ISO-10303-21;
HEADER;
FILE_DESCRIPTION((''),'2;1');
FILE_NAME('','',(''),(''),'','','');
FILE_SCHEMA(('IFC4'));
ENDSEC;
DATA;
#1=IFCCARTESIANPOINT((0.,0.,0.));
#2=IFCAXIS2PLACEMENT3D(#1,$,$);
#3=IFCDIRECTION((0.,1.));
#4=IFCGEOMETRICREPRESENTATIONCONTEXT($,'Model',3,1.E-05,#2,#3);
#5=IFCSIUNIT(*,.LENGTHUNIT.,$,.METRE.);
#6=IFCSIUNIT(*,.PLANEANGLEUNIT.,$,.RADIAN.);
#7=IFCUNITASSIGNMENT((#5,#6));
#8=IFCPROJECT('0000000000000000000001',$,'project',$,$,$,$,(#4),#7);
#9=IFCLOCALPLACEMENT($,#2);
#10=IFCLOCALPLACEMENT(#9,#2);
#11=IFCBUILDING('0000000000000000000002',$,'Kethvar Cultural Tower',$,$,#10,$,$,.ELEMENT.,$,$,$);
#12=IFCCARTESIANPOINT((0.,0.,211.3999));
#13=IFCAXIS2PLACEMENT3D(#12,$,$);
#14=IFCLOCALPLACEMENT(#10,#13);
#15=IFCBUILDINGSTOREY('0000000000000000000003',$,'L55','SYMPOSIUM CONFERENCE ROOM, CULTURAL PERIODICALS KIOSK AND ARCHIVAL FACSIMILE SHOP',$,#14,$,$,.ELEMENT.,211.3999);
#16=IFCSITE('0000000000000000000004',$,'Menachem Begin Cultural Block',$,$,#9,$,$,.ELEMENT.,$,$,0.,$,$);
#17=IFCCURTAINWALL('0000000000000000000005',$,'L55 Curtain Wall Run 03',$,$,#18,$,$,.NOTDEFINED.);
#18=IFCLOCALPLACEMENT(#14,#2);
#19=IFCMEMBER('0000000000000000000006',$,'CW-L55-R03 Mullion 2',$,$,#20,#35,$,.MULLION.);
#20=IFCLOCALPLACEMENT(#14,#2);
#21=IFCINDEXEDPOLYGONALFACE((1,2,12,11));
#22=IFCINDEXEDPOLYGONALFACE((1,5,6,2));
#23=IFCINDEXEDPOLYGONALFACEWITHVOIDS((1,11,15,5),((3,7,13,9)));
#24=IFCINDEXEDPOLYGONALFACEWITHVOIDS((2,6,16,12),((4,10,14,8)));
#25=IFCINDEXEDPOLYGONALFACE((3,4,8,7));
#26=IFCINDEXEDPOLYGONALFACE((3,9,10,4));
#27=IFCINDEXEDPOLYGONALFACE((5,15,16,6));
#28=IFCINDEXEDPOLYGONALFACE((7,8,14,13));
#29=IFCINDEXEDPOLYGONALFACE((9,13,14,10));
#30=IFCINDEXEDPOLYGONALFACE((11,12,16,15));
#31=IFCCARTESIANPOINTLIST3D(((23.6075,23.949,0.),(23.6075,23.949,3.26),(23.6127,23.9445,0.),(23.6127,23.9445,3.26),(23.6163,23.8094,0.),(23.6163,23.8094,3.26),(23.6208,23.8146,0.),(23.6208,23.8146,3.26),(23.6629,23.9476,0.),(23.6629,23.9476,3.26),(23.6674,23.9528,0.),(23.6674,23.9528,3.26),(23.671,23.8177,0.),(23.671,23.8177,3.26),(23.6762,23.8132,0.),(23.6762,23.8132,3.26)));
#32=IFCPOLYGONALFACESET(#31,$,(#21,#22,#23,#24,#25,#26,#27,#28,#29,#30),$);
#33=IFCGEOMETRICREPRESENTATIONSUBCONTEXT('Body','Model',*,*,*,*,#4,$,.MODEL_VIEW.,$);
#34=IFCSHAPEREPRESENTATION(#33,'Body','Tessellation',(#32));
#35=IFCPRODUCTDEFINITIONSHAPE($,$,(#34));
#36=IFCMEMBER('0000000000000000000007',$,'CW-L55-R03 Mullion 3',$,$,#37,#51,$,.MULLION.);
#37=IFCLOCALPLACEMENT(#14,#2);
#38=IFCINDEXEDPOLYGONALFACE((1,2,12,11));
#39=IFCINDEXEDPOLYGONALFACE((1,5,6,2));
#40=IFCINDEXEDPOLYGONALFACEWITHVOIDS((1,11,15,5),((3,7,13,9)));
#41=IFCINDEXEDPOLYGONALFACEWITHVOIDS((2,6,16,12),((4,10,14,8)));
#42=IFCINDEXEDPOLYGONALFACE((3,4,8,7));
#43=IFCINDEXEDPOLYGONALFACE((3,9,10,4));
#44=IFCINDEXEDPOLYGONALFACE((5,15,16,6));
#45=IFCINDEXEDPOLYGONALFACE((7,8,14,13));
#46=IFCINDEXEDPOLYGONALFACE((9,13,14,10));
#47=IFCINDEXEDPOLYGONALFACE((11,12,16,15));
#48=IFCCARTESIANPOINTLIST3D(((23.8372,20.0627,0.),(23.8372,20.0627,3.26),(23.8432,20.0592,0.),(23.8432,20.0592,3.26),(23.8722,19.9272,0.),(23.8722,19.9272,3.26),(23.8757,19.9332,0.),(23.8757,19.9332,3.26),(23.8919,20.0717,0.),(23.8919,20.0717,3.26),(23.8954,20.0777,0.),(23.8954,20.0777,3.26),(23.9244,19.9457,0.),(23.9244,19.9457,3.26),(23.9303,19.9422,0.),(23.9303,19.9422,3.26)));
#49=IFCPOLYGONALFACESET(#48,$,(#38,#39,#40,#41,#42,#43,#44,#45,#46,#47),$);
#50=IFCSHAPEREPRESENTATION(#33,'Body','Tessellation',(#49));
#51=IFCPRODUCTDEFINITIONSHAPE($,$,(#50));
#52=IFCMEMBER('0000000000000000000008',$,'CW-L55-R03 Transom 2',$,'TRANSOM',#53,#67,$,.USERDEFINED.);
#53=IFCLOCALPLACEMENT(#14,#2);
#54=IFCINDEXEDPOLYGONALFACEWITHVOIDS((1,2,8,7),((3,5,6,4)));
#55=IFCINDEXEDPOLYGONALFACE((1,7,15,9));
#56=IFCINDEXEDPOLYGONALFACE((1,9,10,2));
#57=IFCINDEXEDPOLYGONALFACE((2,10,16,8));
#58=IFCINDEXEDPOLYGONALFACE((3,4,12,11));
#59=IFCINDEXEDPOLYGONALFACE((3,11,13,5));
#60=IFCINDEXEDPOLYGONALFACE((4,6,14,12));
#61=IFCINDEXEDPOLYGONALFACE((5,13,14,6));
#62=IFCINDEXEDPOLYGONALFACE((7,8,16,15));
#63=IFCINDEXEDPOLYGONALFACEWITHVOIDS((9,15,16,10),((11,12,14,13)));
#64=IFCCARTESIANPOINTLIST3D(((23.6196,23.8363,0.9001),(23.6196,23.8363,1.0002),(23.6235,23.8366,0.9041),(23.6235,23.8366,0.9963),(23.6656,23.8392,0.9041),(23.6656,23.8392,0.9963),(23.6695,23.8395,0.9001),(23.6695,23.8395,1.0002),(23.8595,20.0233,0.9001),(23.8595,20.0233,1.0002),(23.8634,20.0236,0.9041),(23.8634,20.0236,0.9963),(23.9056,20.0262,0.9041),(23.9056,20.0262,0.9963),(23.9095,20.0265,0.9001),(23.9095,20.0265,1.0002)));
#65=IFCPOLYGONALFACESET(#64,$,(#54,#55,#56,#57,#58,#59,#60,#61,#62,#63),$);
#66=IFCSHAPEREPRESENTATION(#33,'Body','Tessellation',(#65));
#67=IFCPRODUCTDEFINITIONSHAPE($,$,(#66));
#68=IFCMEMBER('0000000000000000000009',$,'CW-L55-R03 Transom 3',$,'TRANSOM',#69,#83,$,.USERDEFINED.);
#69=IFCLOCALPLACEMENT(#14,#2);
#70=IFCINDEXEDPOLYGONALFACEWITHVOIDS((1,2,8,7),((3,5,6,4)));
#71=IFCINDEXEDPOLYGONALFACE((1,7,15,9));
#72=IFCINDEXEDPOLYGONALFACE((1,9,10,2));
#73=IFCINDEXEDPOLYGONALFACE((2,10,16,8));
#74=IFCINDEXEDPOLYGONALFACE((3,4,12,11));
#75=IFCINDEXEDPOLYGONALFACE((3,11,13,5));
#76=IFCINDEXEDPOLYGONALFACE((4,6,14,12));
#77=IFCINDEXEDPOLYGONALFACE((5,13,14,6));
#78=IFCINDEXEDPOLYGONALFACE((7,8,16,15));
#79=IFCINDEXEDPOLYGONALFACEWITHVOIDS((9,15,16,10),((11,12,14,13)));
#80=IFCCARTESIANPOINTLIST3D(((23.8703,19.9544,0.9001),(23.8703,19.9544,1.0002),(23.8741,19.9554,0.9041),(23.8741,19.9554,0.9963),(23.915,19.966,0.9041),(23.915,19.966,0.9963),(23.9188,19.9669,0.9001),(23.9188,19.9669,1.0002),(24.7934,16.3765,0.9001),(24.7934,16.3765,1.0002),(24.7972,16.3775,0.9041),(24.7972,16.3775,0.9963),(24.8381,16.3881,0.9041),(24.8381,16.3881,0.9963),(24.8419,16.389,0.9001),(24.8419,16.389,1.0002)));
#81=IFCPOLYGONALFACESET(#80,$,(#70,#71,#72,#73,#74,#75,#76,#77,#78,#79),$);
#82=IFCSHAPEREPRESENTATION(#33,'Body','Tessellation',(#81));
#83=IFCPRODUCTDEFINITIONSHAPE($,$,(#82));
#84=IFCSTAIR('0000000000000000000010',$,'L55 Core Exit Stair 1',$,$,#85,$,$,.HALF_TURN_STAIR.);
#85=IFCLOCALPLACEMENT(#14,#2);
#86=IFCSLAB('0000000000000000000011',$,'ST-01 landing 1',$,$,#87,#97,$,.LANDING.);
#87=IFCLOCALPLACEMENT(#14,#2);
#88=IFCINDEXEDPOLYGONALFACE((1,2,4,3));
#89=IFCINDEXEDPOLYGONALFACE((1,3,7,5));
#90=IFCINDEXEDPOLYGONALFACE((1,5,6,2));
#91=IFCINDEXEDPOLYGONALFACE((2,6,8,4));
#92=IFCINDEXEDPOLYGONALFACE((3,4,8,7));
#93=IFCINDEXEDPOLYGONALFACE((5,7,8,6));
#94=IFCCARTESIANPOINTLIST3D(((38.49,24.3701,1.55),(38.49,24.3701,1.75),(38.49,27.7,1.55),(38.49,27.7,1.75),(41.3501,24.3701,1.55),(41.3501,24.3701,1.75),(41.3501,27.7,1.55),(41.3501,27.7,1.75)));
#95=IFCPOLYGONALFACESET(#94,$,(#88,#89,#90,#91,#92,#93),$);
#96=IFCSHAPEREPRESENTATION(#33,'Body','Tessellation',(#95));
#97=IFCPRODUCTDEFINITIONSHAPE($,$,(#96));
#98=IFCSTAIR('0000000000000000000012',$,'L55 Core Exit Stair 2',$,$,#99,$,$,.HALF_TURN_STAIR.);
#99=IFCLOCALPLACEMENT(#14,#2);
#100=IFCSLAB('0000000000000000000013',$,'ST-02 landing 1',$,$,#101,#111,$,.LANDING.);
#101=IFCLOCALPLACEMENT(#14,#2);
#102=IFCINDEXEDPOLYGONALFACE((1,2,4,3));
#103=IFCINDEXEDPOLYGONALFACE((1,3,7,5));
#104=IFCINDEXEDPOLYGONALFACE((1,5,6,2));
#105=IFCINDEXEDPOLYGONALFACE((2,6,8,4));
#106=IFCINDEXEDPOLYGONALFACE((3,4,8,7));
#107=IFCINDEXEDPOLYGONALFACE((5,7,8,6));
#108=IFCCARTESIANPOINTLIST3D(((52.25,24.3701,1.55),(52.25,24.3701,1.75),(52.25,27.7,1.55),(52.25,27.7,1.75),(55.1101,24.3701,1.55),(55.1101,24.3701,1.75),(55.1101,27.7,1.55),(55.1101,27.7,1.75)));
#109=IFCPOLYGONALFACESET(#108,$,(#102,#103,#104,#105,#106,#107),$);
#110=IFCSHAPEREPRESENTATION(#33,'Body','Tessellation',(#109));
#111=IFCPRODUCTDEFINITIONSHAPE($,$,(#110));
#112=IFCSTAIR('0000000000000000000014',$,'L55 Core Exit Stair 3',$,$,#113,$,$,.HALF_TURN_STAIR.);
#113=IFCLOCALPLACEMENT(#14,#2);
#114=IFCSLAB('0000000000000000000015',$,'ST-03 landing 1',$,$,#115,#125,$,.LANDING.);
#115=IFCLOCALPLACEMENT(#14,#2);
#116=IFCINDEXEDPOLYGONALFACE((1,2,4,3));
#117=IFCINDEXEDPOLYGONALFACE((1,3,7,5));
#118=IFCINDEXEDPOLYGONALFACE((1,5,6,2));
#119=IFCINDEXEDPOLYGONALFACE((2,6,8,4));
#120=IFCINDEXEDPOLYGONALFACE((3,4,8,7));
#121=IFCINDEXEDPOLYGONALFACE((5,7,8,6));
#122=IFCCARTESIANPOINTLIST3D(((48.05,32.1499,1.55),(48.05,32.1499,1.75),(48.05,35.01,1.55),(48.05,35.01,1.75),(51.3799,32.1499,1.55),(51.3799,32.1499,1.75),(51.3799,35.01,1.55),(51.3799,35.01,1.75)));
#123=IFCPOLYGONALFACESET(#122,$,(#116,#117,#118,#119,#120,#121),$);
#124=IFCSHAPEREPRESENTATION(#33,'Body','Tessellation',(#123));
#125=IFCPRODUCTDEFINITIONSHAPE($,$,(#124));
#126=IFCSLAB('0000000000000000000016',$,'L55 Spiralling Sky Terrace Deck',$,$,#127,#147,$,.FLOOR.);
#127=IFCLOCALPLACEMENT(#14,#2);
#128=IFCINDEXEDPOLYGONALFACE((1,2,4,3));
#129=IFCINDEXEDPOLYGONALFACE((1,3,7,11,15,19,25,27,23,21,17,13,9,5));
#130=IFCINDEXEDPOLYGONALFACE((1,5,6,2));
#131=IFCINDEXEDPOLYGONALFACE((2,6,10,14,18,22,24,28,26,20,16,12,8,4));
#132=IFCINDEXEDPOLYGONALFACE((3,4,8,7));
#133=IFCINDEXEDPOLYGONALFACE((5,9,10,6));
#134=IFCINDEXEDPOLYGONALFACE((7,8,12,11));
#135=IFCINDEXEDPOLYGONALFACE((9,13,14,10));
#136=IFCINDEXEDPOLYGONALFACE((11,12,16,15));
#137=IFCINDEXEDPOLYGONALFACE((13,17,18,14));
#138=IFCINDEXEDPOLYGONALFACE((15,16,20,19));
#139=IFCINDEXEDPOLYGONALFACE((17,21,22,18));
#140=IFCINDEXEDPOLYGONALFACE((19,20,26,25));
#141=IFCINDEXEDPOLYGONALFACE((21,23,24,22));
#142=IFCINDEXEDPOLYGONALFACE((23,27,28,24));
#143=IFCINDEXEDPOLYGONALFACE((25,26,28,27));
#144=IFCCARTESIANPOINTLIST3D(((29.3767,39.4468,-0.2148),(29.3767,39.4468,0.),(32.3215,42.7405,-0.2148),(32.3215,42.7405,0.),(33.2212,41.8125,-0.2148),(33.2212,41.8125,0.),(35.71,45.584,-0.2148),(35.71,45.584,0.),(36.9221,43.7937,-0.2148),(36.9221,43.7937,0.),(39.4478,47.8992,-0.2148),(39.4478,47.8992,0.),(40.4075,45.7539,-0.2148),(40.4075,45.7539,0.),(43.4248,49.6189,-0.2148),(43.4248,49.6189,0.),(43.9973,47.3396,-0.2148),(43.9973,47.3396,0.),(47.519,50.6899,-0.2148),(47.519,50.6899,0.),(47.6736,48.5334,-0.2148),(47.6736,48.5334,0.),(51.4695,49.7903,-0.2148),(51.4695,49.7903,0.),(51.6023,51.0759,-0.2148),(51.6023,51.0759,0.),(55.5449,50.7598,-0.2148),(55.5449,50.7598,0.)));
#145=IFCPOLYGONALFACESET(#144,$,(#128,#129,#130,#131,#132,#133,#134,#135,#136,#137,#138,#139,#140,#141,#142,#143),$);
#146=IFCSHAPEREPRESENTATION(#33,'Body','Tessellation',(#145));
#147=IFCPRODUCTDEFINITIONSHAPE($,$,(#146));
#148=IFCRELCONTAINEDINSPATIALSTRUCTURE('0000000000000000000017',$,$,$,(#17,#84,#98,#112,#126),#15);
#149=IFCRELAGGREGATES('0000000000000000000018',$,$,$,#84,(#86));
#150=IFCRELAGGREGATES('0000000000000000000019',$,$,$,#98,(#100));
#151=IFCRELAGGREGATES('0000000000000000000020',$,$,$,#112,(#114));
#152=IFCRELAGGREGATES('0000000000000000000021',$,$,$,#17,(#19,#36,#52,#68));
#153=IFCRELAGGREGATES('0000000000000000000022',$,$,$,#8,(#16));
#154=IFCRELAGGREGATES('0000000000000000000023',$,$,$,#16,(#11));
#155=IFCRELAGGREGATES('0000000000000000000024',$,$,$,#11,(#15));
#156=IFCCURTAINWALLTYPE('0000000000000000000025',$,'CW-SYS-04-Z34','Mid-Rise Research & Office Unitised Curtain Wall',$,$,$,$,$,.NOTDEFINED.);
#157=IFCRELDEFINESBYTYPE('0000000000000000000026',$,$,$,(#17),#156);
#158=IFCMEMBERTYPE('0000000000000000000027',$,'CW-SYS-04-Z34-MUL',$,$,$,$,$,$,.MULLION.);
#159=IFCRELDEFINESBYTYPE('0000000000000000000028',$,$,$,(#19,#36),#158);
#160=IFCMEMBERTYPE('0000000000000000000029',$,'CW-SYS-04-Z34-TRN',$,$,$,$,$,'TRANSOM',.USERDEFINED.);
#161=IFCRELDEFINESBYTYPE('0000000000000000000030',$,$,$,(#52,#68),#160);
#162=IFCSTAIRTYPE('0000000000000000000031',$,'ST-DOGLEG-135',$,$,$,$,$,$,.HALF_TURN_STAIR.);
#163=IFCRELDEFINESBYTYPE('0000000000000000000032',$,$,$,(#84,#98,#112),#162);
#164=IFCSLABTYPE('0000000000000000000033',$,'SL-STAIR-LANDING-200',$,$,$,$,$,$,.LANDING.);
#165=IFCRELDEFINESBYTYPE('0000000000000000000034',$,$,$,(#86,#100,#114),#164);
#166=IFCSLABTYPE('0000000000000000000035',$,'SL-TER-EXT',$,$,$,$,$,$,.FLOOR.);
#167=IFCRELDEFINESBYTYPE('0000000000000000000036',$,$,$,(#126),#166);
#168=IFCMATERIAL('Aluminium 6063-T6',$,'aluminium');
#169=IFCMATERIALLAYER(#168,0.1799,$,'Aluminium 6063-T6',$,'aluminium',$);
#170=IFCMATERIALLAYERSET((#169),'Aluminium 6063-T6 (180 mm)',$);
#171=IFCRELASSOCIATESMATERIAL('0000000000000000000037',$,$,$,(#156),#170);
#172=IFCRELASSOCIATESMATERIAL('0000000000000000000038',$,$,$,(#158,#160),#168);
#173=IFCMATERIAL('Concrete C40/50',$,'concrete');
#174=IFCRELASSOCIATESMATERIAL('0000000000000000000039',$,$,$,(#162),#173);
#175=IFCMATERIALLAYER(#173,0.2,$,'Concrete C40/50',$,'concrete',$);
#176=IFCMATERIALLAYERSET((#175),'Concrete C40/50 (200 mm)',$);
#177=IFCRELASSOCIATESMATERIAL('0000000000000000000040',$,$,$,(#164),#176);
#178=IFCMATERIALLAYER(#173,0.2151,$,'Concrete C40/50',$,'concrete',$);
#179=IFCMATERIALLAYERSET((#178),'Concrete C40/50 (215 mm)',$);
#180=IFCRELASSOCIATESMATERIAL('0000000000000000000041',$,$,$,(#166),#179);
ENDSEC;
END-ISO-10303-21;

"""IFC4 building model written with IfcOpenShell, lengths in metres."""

from ifc_helpers import new_model, si_unit, direction, frame, origin, origin_2d, place, context, subcontext, project, spatial, polyline, hollow_rectangle, outline, extrude, source, transform, mapped, material, layer, layer_set, material_profile, profile_set, type_object, element, aggregate, save


model = new_model("IFC4")

# Units and contexts
model_context = context("Model", 3, precision=1e-05, world=origin(), true_north=direction((0.0, 1.0)))
body_context = subcontext(model_context, "Body", "Model", "MODEL_VIEW")
ifc_project = project(units=[si_unit("LENGTHUNIT", "METRE"), si_unit("PLANEANGLEUNIT", "RADIAN")], contexts=[model_context])

# Site, building, storey
site_placement = place(None, origin())
site = spatial("IfcSite", under=ifc_project, at=site_placement, Name="Menachem Begin Cultural Block", CompositionType="ELEMENT", RefElevation=0.0)
building_placement = place(site_placement, origin())
building = spatial("IfcBuilding", under=site, at=building_placement, Name="Kethvar Cultural Tower", CompositionType="ELEMENT")
storey_placement = place(building_placement, frame((0.0, 0.0, 211.3999)))
storey = spatial("IfcBuildingStorey", under=building, at=storey_placement, Name="L55", Description="SYMPOSIUM CONFERENCE ROOM, CULTURAL PERIODICALS KIOSK AND ARCHIVAL FACSIMILE SHOP", CompositionType="ELEMENT", Elevation=211.3999)

# Curtain wall, members
ifc_material_1 = material(Name="Aluminium 6063-T6", Category="aluminium")
ifc_layer_1 = layer(ifc_material_1, 0.1799, Name="Aluminium 6063-T6", Category="aluminium")
ifc_layer_set_1 = layer_set([ifc_layer_1], Name="Aluminium 6063-T6 (180 mm)")
curtain_wall_type = type_object("IfcCurtainWallType", Name="CW-SYS-04-Z34", Description="Mid-Rise Research & Office Unitised Curtain Wall", PredefinedType="NOTDEFINED", material=ifc_layer_set_1)
curtain_wall_placement = place(storey_placement, origin())
curtain_wall = element("IfcCurtainWall", 1, at=curtain_wall_placement, inside=storey, type_object=curtain_wall_type, Name="L55 Curtain Wall Run 03", PredefinedType="NOTDEFINED")
ifc_material_profile_1 = material_profile(ifc_material_1, hollow_rectangle(XDim=0.0601, YDim=0.1399, WallThickness=0.0049, at=origin_2d()), Name="Aluminium 6063-T6 — RHS140x60x5")
ifc_profile_set_1 = profile_set([ifc_material_profile_1], Name="Aluminium 6063-T6 — RHS140x60x5")
member_type_1 = type_object("IfcMemberType", Name="CW-SYS-04-Z34-MUL", PredefinedType="MULLION", material=ifc_profile_set_1)
shared_shape_1 = source(origin(), body_context, "Body", "SweptSolid", [
    extrude(hollow_rectangle(XDim=0.0601, YDim=0.1399, WallThickness=0.0049, at=origin_2d()), origin(), (0.0, 0.0, 1.0), 3.26),
])
member_1_placement = place(storey_placement, frame((23.6418, 23.8811, 0.0), z_axis=(0.0, 0.0, 1.0), x_axis=(0.998029, 0.062756, 0.0)))
member_1 = element("IfcMember", 2, at=member_1_placement, type_object=member_type_1, Name="CW-L55-R03 Mullion 2", PredefinedType="MULLION", context=body_context, shape_type="MappedRepresentation", body=[
    mapped(shared_shape_1, transform((0.0, 0.0, 0.0), scale=1.0)),
])
member_2_placement = place(storey_placement, frame((23.8838, 20.0024, 0.0), z_axis=(0.0, 0.0, 1.0), x_axis=(0.968287, 0.249839, 0.0)))
member_2 = element("IfcMember", 3, at=member_2_placement, type_object=member_type_1, Name="CW-L55-R03 Mullion 3", PredefinedType="MULLION", context=body_context, shape_type="MappedRepresentation", body=[
    mapped(shared_shape_1, transform((0.0, 0.0, 0.0), scale=1.0)),
])
ifc_material_profile_2 = material_profile(ifc_material_1, hollow_rectangle(XDim=0.05, YDim=0.1001, WallThickness=0.0039, at=origin_2d()), Name="Aluminium 6063-T6 — RHS100x50x4")
ifc_profile_set_2 = profile_set([ifc_material_profile_2], Name="Aluminium 6063-T6 — RHS100x50x4")
member_type_2 = type_object("IfcMemberType", Name="CW-SYS-04-Z34-TRN", ElementType="TRANSOM", PredefinedType="USERDEFINED", material=ifc_profile_set_2)
shared_shape_2 = source(origin(), body_context, "Body", "SweptSolid", [
    extrude(hollow_rectangle(XDim=0.05, YDim=0.1001, WallThickness=0.0039, at=origin_2d()), origin(), (0.0, 0.0, 1.0), 3.8206),
])
member_3_placement = place(storey_placement, frame((23.6445, 23.8379, 0.9502), z_axis=(0.062816, -0.998025, 0.0), x_axis=(0.998025, 0.062816, 0.0)))
member_3 = element("IfcMember", 4, at=member_3_placement, type_object=member_type_2, Name="CW-L55-R03 Transom 2", ObjectType="TRANSOM", PredefinedType="USERDEFINED", context=body_context, shape_type="MappedRepresentation", body=[
    mapped(shared_shape_2, transform((0.0, 0.0, 0.0), scale=1.0)),
])
shared_shape_3 = source(origin(), body_context, "Body", "SweptSolid", [
    extrude(hollow_rectangle(XDim=0.05, YDim=0.1001, WallThickness=0.0039, at=origin_2d()), origin(), (0.0, 0.0, 1.0), 3.6951),
])
member_4_placement = place(storey_placement, frame((23.8945, 19.9607, 0.9502), z_axis=(0.24982, -0.968292, 0.0), x_axis=(0.968292, 0.24982, 0.0)))
member_4 = element("IfcMember", 5, at=member_4_placement, type_object=member_type_2, Name="CW-L55-R03 Transom 3", ObjectType="TRANSOM", PredefinedType="USERDEFINED", context=body_context, shape_type="MappedRepresentation", body=[
    mapped(shared_shape_3, transform((0.0, 0.0, 0.0), scale=1.0)),
])

# Stairs, slabs
ifc_material_2 = material(Name="Concrete C40/50", Category="concrete")
stair_type = type_object("IfcStairType", Name="ST-DOGLEG-135", PredefinedType="HALF_TURN_STAIR", material=ifc_material_2)
stair_1_placement = place(storey_placement, origin())
stair_1 = element("IfcStair", 6, at=stair_1_placement, inside=storey, type_object=stair_type, Name="L55 Core Exit Stair 1", PredefinedType="HALF_TURN_STAIR")
ifc_layer_2 = layer(ifc_material_2, 0.2, Name="Concrete C40/50", Category="concrete")
ifc_layer_set_2 = layer_set([ifc_layer_2], Name="Concrete C40/50 (200 mm)")
slab_type_1 = type_object("IfcSlabType", Name="SL-STAIR-LANDING-200", PredefinedType="LANDING", material=ifc_layer_set_2)
slab_1_placement = place(storey_placement, frame((0.0, 0.0, 1.55)))
slab_1 = element("IfcSlab", 7, at=slab_1_placement, type_object=slab_type_1, Name="ST-01 landing 1", PredefinedType="LANDING", context=body_context, shape_type="SweptSolid", body=[
    extrude(outline(polyline([(41.3501, 24.3701), (41.3501, 27.7), (38.49, 27.7), (38.49, 24.3701), (41.3501, 24.3701)])), origin(), (0.0, 0.0, 1.0), 0.2),
])
aggregate(stair_1, [slab_1])
stair_2_placement = place(storey_placement, origin())
stair_2 = element("IfcStair", 8, at=stair_2_placement, inside=storey, type_object=stair_type, Name="L55 Core Exit Stair 2", PredefinedType="HALF_TURN_STAIR")
slab_2_placement = place(storey_placement, frame((0.0, 0.0, 1.55)))
slab_2 = element("IfcSlab", 9, at=slab_2_placement, type_object=slab_type_1, Name="ST-02 landing 1", PredefinedType="LANDING", context=body_context, shape_type="SweptSolid", body=[
    extrude(outline(polyline([(55.1101, 24.3701), (55.1101, 27.7), (52.25, 27.7), (52.25, 24.3701), (55.1101, 24.3701)])), origin(), (0.0, 0.0, 1.0), 0.2),
])
aggregate(stair_2, [slab_2])
stair_3_placement = place(storey_placement, origin())
stair_3 = element("IfcStair", 10, at=stair_3_placement, inside=storey, type_object=stair_type, Name="L55 Core Exit Stair 3", PredefinedType="HALF_TURN_STAIR")
slab_3_placement = place(storey_placement, frame((0.0, 0.0, 1.55)))
slab_3 = element("IfcSlab", 11, at=slab_3_placement, type_object=slab_type_1, Name="ST-03 landing 1", PredefinedType="LANDING", context=body_context, shape_type="SweptSolid", body=[
    extrude(outline(polyline([(51.3799, 35.01), (48.05, 35.01), (48.05, 32.1499), (51.3799, 32.1499), (51.3799, 35.01)])), origin(), (0.0, 0.0, 1.0), 0.2),
])
aggregate(stair_3, [slab_3])

# Slab
ifc_layer_3 = layer(ifc_material_2, 0.2151, Name="Concrete C40/50", Category="concrete")
ifc_layer_set_3 = layer_set([ifc_layer_3], Name="Concrete C40/50 (215 mm)")
slab_type_2 = type_object("IfcSlabType", Name="SL-TER-EXT", PredefinedType="FLOOR", material=ifc_layer_set_3)
slab_4_placement = place(storey_placement, frame((0.0, 0.0, -0.2148)))
element("IfcSlab", 12, at=slab_4_placement, inside=storey, type_object=slab_type_2, Name="L55 Spiralling Sky Terrace Deck", PredefinedType="FLOOR", context=body_context, shape_type="SweptSolid", body=[
    extrude(outline(polyline([(55.5449, 50.7598), (51.6023, 51.0759), (47.519, 50.6899), (43.4248, 49.6189), (39.4478, 47.8992), (35.71, 45.584), (32.3215, 42.7405), (29.3767, 39.4468), (33.2212, 41.8125), (36.9221, 43.7937), (40.4075, 45.7539), (43.9973, 47.3396), (47.6736, 48.5334), (51.4695, 49.7903), (55.5449, 50.7598)])), origin(), (0.0, 0.0, 1.0), 0.2148),
])

aggregate(curtain_wall, [member_1, member_2, member_3, member_4])

save(model, "model.ifc")
